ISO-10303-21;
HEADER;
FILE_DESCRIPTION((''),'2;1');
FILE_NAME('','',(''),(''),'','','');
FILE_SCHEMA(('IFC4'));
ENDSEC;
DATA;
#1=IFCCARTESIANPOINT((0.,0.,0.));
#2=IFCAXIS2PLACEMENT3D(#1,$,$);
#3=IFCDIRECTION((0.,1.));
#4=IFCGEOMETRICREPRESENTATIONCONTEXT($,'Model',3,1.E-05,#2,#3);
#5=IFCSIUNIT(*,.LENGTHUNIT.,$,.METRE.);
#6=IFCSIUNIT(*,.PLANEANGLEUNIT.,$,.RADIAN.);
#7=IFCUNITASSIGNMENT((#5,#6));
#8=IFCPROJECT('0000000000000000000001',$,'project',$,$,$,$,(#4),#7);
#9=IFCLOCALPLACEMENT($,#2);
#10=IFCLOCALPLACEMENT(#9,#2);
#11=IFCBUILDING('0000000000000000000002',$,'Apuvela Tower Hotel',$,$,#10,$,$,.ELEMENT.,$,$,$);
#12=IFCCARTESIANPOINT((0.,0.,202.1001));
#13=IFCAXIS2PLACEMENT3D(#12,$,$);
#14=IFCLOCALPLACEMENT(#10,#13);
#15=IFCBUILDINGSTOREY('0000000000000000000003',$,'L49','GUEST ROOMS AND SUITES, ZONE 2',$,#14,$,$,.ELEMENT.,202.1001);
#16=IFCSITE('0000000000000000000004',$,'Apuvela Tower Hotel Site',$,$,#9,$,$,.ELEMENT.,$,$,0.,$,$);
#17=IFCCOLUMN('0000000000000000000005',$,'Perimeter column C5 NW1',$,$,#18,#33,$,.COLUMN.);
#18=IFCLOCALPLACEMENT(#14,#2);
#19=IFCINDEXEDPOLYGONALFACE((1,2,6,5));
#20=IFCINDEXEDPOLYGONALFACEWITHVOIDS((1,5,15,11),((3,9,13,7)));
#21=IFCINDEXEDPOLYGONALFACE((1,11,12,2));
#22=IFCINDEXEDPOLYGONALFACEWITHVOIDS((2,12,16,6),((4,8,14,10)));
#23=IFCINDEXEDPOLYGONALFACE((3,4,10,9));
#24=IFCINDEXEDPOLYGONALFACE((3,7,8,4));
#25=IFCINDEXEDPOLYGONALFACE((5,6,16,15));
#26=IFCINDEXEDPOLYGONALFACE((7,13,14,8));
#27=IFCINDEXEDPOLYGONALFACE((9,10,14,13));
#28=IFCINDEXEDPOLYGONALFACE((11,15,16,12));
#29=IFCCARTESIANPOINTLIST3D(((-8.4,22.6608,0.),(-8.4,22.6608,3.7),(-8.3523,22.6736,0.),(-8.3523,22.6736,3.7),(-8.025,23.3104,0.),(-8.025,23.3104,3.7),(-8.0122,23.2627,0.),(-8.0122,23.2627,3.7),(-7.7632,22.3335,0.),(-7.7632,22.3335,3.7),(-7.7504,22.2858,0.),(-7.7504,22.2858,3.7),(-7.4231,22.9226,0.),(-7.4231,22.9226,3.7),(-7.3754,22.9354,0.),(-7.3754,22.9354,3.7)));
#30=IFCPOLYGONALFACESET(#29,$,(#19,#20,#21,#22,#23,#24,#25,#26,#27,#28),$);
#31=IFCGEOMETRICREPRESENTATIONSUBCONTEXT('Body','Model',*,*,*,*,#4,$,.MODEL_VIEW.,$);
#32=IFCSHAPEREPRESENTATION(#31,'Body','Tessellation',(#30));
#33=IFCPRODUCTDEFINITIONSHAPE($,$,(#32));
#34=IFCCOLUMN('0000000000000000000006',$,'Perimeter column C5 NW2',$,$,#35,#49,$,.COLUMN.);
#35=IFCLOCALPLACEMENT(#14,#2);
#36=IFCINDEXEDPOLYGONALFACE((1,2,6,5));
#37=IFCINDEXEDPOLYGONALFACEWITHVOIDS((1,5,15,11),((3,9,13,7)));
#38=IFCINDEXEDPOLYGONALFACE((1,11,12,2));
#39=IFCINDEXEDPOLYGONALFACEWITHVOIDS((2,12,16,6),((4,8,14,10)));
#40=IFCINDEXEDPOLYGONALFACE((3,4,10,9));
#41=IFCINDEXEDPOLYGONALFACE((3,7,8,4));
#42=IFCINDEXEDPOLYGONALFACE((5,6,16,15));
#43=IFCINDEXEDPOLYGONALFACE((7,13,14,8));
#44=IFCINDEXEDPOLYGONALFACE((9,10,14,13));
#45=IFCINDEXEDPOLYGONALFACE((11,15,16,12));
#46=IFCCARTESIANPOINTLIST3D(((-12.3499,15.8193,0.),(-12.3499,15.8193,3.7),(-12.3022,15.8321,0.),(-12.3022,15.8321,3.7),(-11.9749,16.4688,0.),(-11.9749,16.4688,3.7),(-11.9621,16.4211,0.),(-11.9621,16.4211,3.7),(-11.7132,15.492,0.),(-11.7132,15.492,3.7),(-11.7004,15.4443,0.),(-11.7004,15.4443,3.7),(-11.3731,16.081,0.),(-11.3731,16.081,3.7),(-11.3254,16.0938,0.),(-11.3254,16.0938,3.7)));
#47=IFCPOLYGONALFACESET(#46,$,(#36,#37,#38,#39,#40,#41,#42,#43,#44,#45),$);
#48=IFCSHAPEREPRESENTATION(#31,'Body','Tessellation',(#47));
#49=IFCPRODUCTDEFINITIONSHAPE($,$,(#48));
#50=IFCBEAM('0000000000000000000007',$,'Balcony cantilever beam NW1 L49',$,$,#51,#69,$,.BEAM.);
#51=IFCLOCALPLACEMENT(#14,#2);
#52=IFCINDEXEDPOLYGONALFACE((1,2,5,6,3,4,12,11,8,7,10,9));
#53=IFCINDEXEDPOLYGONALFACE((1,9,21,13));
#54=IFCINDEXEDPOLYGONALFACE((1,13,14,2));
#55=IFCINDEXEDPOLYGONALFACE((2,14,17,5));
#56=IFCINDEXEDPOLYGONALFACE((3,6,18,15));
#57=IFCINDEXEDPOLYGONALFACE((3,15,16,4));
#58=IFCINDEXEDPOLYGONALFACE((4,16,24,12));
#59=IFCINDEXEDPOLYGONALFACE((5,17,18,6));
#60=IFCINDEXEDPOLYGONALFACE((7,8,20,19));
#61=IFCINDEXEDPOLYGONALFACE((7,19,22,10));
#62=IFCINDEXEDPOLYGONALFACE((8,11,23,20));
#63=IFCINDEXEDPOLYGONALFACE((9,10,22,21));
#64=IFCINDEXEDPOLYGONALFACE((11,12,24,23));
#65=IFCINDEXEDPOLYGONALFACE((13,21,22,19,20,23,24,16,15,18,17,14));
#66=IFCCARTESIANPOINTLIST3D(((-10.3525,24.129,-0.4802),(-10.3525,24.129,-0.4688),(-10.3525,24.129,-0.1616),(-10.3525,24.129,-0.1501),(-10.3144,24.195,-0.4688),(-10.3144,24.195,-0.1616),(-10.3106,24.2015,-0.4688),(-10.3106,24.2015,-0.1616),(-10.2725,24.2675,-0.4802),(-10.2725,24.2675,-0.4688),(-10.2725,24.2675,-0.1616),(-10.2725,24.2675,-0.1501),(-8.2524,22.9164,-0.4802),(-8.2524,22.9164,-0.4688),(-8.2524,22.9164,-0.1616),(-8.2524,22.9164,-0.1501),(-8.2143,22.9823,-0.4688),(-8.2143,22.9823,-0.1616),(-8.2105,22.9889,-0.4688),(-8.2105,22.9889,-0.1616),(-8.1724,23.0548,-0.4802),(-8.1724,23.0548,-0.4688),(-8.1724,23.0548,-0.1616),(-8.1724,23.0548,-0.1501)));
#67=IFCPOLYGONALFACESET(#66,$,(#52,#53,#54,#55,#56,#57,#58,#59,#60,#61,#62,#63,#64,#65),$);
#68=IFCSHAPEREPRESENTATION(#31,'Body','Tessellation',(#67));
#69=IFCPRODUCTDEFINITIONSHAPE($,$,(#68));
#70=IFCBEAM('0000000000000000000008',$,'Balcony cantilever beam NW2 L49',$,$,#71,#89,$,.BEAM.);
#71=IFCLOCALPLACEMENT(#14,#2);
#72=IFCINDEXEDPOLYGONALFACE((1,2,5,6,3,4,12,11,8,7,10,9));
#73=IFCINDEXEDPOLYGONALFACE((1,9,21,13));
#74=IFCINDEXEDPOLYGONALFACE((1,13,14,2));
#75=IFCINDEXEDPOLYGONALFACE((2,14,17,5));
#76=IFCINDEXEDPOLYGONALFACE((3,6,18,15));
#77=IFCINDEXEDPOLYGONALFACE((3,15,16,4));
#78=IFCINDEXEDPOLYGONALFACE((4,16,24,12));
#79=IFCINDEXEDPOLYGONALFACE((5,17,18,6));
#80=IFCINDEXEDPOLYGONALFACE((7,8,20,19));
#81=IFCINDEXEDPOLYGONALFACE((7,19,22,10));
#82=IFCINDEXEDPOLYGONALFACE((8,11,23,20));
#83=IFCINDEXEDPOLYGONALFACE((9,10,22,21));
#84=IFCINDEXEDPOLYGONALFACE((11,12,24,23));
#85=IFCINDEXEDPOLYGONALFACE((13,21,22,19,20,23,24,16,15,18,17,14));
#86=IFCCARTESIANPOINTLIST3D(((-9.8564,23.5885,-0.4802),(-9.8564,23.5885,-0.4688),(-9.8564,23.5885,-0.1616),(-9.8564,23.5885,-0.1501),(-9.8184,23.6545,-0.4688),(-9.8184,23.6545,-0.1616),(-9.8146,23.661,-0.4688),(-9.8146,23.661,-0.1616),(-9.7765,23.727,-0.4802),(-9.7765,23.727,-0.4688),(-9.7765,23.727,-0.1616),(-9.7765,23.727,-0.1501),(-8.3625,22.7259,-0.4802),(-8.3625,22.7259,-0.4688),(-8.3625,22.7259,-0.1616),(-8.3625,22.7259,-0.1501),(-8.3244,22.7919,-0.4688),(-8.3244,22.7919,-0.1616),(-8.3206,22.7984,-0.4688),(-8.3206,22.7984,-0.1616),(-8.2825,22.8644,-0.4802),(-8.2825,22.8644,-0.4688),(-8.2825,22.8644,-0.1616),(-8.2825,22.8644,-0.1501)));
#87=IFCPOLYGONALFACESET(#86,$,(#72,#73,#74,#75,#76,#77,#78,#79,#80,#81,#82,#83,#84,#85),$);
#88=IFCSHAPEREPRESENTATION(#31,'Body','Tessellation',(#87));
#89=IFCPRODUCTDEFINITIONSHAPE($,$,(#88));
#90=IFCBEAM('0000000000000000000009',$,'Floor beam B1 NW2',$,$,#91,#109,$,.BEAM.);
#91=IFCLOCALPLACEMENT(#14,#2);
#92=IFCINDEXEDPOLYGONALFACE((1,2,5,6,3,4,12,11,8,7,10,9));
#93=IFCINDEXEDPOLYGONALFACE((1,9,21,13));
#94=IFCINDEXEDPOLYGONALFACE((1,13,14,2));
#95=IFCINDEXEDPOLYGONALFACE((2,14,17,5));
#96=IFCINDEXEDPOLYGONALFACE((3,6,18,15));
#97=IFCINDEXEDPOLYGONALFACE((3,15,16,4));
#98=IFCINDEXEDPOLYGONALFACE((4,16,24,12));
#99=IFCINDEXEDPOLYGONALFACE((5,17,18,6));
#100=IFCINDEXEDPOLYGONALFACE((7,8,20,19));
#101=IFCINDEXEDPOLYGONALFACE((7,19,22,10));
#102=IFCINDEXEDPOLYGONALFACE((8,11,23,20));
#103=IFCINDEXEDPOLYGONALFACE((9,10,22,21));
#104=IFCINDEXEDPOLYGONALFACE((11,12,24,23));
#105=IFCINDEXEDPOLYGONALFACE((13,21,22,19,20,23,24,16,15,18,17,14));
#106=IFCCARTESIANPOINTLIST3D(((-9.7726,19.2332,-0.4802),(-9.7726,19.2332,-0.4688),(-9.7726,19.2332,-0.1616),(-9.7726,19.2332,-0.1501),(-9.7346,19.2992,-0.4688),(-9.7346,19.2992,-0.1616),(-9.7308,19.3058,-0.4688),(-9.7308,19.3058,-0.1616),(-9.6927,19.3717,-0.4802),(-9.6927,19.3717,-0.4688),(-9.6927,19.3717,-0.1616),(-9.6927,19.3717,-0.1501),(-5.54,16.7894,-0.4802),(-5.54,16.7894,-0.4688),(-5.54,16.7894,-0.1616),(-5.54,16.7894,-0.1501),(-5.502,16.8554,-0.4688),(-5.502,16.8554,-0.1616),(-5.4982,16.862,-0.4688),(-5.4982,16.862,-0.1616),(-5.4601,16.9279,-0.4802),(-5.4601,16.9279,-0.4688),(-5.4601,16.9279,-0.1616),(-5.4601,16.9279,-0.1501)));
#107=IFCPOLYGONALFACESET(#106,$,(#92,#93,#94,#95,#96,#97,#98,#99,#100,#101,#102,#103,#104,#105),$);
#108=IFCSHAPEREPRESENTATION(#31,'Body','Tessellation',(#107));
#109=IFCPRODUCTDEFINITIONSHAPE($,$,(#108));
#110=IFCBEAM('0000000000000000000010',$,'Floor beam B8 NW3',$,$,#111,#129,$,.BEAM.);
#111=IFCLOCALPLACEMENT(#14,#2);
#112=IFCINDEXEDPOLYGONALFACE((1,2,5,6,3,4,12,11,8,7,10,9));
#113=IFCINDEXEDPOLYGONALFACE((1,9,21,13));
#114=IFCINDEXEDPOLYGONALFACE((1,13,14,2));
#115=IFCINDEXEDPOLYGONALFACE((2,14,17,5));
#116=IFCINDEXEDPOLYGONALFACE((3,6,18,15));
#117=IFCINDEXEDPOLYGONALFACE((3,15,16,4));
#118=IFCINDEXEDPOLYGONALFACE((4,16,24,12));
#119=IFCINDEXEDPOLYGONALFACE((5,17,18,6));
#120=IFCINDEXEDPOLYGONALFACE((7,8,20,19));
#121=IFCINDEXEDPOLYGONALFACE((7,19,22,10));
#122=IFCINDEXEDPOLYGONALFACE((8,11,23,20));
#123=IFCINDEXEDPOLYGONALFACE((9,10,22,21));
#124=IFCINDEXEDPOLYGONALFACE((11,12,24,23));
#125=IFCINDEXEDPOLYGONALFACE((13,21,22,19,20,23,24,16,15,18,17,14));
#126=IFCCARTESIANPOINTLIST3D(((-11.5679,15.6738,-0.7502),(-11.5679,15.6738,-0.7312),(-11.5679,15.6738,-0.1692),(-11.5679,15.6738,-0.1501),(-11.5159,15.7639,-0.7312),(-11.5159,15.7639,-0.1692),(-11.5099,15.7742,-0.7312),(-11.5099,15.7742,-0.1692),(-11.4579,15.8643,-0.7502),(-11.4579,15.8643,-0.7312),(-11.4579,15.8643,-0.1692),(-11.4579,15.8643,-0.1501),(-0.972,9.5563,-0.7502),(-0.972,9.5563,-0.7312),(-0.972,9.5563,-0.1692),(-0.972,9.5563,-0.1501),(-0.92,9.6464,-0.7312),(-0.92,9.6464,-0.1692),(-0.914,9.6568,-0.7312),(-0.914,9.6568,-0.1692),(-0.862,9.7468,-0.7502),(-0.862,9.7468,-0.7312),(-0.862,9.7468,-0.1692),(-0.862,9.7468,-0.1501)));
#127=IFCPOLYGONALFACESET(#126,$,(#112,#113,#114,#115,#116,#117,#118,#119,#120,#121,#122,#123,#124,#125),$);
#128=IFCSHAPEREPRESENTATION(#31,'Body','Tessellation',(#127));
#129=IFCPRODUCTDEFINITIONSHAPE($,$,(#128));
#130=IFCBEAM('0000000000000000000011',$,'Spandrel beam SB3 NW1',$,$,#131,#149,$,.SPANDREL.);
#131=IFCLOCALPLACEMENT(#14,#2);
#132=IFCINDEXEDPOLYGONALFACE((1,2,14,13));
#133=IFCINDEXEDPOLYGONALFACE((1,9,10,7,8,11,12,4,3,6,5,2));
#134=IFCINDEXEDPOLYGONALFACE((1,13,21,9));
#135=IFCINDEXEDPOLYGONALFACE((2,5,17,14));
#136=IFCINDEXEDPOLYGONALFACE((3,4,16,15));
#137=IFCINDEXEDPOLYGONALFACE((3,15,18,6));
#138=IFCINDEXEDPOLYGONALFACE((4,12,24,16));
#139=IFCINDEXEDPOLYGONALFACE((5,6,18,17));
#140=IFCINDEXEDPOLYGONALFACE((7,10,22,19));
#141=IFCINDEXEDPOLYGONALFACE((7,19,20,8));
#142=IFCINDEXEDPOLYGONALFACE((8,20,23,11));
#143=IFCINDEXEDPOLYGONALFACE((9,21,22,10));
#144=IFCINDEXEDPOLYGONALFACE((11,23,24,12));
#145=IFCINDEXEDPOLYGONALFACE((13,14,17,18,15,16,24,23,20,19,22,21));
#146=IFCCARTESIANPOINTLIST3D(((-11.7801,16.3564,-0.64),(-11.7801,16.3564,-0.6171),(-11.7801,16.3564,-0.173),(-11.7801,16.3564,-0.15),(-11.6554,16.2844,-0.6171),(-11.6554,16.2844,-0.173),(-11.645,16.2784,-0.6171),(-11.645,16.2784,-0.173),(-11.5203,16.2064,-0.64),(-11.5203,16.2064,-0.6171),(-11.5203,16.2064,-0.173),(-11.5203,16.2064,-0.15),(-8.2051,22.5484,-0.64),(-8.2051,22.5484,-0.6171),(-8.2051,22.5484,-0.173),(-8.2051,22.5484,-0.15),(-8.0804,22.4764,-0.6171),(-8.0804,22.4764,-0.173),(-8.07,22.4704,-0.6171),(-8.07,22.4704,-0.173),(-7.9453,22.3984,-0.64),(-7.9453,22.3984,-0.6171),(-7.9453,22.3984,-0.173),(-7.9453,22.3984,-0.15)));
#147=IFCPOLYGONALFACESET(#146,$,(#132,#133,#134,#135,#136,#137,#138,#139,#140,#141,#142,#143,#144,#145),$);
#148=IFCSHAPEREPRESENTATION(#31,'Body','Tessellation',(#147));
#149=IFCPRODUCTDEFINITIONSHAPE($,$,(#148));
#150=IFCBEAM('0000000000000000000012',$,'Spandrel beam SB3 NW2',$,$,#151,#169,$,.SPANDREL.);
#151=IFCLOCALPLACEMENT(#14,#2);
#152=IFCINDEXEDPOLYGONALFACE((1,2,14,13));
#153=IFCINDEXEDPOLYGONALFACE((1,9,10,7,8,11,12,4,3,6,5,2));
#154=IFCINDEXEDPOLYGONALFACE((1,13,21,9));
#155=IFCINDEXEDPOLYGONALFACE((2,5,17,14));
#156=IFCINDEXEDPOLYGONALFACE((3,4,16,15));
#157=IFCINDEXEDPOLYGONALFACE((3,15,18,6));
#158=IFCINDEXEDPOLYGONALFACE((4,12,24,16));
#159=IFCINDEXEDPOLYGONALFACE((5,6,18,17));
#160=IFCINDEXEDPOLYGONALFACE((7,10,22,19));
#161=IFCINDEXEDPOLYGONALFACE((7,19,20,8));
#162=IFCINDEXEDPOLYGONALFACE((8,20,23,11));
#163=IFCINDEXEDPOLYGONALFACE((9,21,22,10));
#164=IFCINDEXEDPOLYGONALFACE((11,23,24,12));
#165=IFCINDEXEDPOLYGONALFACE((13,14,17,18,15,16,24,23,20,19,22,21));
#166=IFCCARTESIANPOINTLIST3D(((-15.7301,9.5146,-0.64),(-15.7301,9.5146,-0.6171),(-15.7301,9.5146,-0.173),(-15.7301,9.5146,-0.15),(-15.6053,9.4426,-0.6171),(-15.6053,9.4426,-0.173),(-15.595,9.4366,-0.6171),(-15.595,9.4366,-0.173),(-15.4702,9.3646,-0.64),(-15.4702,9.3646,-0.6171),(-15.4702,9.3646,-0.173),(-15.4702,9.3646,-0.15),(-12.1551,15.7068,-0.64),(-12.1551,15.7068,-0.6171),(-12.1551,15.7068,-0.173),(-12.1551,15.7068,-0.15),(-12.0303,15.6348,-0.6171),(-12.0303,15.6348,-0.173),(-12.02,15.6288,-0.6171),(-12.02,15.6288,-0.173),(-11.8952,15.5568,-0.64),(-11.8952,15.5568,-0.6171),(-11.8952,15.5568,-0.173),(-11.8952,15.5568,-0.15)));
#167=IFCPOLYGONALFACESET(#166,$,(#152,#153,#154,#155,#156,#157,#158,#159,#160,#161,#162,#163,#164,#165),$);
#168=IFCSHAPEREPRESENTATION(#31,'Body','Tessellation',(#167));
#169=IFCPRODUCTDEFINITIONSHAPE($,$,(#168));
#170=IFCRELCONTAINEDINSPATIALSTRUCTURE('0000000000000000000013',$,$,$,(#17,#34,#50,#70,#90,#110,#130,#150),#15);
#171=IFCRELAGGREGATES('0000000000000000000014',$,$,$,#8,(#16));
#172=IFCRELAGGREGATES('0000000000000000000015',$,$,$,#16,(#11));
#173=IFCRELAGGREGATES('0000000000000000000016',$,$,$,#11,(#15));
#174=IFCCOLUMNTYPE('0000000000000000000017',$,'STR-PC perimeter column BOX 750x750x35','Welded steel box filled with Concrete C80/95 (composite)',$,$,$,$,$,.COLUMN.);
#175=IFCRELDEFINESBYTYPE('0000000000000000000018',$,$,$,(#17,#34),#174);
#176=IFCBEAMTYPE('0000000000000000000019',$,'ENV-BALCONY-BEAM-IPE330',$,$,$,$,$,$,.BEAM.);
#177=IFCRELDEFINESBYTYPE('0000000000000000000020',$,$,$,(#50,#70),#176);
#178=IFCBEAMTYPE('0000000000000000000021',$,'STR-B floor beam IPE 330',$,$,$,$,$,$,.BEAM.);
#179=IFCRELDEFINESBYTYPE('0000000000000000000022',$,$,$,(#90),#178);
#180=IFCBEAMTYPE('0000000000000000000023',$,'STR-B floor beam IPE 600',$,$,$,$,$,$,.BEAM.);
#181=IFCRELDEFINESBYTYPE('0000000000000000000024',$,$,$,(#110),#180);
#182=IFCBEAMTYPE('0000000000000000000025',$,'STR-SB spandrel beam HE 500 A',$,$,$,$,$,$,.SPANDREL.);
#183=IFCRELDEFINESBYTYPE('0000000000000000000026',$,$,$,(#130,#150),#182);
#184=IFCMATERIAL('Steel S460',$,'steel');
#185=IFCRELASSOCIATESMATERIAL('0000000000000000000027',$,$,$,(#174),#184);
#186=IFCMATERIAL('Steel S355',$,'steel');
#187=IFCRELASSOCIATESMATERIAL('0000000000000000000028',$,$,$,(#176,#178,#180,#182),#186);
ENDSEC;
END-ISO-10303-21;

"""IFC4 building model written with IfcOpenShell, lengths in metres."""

from ifc_helpers import new_model, si_unit, direction, frame, origin, origin_2d, place, context, subcontext, project, spatial, rectangle, hollow_rectangle, i_section, extrude, material, material_profile, profile_set, type_object, element, save


model = new_model("IFC4")

# Units and contexts
model_context = context("Model", 3, precision=1e-05, world=origin(), true_north=direction((0.0, 1.0)))
body_context = subcontext(model_context, "Body", "Model", "MODEL_VIEW")
ifc_project = project(units=[si_unit("LENGTHUNIT", "METRE"), si_unit("PLANEANGLEUNIT", "RADIAN")], contexts=[model_context])

# Site, building, storey
site_placement = place(None, origin())
site = spatial("IfcSite", under=ifc_project, at=site_placement, Name="Apuvela Tower Hotel Site", CompositionType="ELEMENT", RefElevation=0.0)
building_placement = place(site_placement, origin())
building = spatial("IfcBuilding", under=site, at=building_placement, Name="Apuvela Tower Hotel", CompositionType="ELEMENT")
storey_placement = place(building_placement, frame((0.0, 0.0, 202.1001)))
storey = spatial("IfcBuildingStorey", under=building, at=storey_placement, Name="L49", Description="GUEST ROOMS AND SUITES, ZONE 2", CompositionType="ELEMENT", Elevation=202.1001)

# Columns
ifc_material_1 = material(Name="Steel S460", Category="steel")
ifc_material_profile_1 = material_profile(ifc_material_1, hollow_rectangle(XDim=0.75, YDim=0.75, WallThickness=0.0349, at=origin_2d()), Name="BOX 750x750x35")
ifc_material_2 = material(Name="Concrete C80/95", Category="concrete")
ifc_material_profile_2 = material_profile(ifc_material_2, rectangle(XDim=0.6799, YDim=0.6799, at=origin_2d()), Name="Concrete C80/95 infill")
ifc_profile_set_1 = profile_set([ifc_material_profile_1, ifc_material_profile_2], Name="Steel S460")
column_type = type_object("IfcColumnType", Name="STR-PC perimeter column BOX 750x750x35", Description="Welded steel box filled with Concrete C80/95 (composite)", PredefinedType="COLUMN", material=ifc_profile_set_1)
for number, where, z_axis, x_axis, name in (
    (1, (-7.8877, 22.7981, 0.0), (0.0, 0.0, 1.0), (0.5, 0.866025, 0.0), "Perimeter column C5 NW1"),
    (2, (-11.8376, 15.9565, 0.0), (0.0, 0.0, 1.0), (0.5, 0.866025, 0.0), "Perimeter column C5 NW2"),
):
    element("IfcColumn", number, at=place(storey_placement, frame(where, z_axis=z_axis, x_axis=x_axis)), inside=storey, type_object=column_type, Name=name, PredefinedType="COLUMN", context=body_context, shape_type="SweptSolid", body=[
        extrude(hollow_rectangle(XDim=0.75, YDim=0.75, WallThickness=0.0349, at=origin_2d()), origin(), (0.0, 0.0, 1.0), 3.7),
    ])

# Beams
ifc_material_3 = material(Name="Steel S355", Category="steel")
ifc_material_profile_3 = material_profile(ifc_material_3, i_section(OverallWidth=0.1599, OverallDepth=0.3301, WebThickness=0.0076, FlangeThickness=0.0115, at=origin_2d()), Name="IPE 330")
ifc_profile_set_2 = profile_set([ifc_material_profile_3], Name="Steel S355")
beam_type_1 = type_object("IfcBeamType", Name="ENV-BALCONY-BEAM-IPE330", PredefinedType="BEAM", material=ifc_profile_set_2)
beam_1_placement = place(storey_placement, frame((-8.2124, 22.9856, -0.3152), z_axis=(-0.865998, 0.500048, 0.0), x_axis=(-0.500048, -0.865998, 0.0)))
element("IfcBeam", 3, at=beam_1_placement, inside=storey, type_object=beam_type_1, Name="Balcony cantilever beam NW1 L49", PredefinedType="BEAM", context=body_context, shape_type="SweptSolid", body=[
    extrude(i_section(OverallWidth=0.1599, OverallDepth=0.3301, WebThickness=0.0076, FlangeThickness=0.0115, at=origin_2d()), origin(), (0.0, 0.0, 1.0), 2.425),
])
beam_2_placement = place(storey_placement, frame((-8.3225, 22.7952, -0.3152), z_axis=(-0.866014, 0.500021, 0.0), x_axis=(-0.500021, -0.866014, 0.0)))
element("IfcBeam", 4, at=beam_2_placement, inside=storey, type_object=beam_type_1, Name="Balcony cantilever beam NW2 L49", PredefinedType="BEAM", context=body_context, shape_type="SweptSolid", body=[
    extrude(i_section(OverallWidth=0.1599, OverallDepth=0.3301, WebThickness=0.0076, FlangeThickness=0.0115, at=origin_2d()), origin(), (0.0, 0.0, 1.0), 1.7251),
])
ifc_material_profile_4 = material_profile(ifc_material_3, i_section(OverallWidth=0.1599, OverallDepth=0.3301, WebThickness=0.0076, FlangeThickness=0.0115, at=origin_2d()), Name="IPE 330")
ifc_profile_set_3 = profile_set([ifc_material_profile_4], Name="Steel S355")
beam_type_2 = type_object("IfcBeamType", Name="STR-B floor beam IPE 330", PredefinedType="BEAM", material=ifc_profile_set_3)
beam_3_placement = place(storey_placement, frame((-9.7327, 19.3025, -0.3152), z_axis=(0.866015, -0.500018, 0.0), x_axis=(0.500018, 0.866015, 0.0)))
element("IfcBeam", 5, at=beam_3_placement, inside=storey, type_object=beam_type_2, Name="Floor beam B1 NW2", PredefinedType="BEAM", context=body_context, shape_type="SweptSolid", body=[
    extrude(i_section(OverallWidth=0.1599, OverallDepth=0.3301, WebThickness=0.0076, FlangeThickness=0.0115, at=origin_2d()), origin(), (0.0, 0.0, 1.0), 4.8875),
])
ifc_material_profile_5 = material_profile(ifc_material_3, i_section(OverallWidth=0.22, OverallDepth=0.6001, WebThickness=0.012, FlangeThickness=0.019, at=origin_2d()), Name="IPE 600")
ifc_profile_set_4 = profile_set([ifc_material_profile_5], Name="Steel S355")
beam_type_3 = type_object("IfcBeamType", Name="STR-B floor beam IPE 600", PredefinedType="BEAM", material=ifc_profile_set_4)
beam_4_placement = place(storey_placement, frame((-11.5129, 15.769, -0.4502), z_axis=(0.86603, -0.499991, 0.0), x_axis=(0.499991, 0.86603, 0.0)))
element("IfcBeam", 6, at=beam_4_placement, inside=storey, type_object=beam_type_3, Name="Floor beam B8 NW3", PredefinedType="BEAM", context=body_context, shape_type="SweptSolid", body=[
    extrude(i_section(OverallWidth=0.22, OverallDepth=0.6001, WebThickness=0.012, FlangeThickness=0.019, at=origin_2d()), origin(), (0.0, 0.0, 1.0), 12.2351),
])
ifc_material_profile_6 = material_profile(ifc_material_3, i_section(OverallWidth=0.3, OverallDepth=0.49, WebThickness=0.012, FlangeThickness=0.0229, at=origin_2d()), Name="HE 500 A")
ifc_profile_set_5 = profile_set([ifc_material_profile_6], Name="Steel S355")
beam_type_4 = type_object("IfcBeamType", Name="STR-SB spandrel beam HE 500 A", PredefinedType="SPANDREL", material=ifc_profile_set_5)
beam_5_placement = place(storey_placement, frame((-8.0752, 22.4734, -0.395), z_axis=(-0.500006, -0.866022, 0.0), x_axis=(0.866022, -0.500006, 0.0)))
element("IfcBeam", 7, at=beam_5_placement, inside=storey, type_object=beam_type_4, Name="Spandrel beam SB3 NW1", PredefinedType="SPANDREL", context=body_context, shape_type="SweptSolid", body=[
    extrude(i_section(OverallWidth=0.3, OverallDepth=0.49, WebThickness=0.012, FlangeThickness=0.0229, at=origin_2d()), origin(), (0.0, 0.0, 1.0), 7.1499),
])
beam_6_placement = place(storey_placement, frame((-12.0251, 15.6318, -0.395), z_axis=(-0.499991, -0.86603, 0.0), x_axis=(0.86603, -0.499991, 0.0)))
element("IfcBeam", 8, at=beam_6_placement, inside=storey, type_object=beam_type_4, Name="Spandrel beam SB3 NW2", PredefinedType="SPANDREL", context=body_context, shape_type="SweptSolid", body=[
    extrude(i_section(OverallWidth=0.3, OverallDepth=0.49, WebThickness=0.012, FlangeThickness=0.0229, at=origin_2d()), origin(), (0.0, 0.0, 1.0), 7.1501),
])

save(model, "model.ifc")
